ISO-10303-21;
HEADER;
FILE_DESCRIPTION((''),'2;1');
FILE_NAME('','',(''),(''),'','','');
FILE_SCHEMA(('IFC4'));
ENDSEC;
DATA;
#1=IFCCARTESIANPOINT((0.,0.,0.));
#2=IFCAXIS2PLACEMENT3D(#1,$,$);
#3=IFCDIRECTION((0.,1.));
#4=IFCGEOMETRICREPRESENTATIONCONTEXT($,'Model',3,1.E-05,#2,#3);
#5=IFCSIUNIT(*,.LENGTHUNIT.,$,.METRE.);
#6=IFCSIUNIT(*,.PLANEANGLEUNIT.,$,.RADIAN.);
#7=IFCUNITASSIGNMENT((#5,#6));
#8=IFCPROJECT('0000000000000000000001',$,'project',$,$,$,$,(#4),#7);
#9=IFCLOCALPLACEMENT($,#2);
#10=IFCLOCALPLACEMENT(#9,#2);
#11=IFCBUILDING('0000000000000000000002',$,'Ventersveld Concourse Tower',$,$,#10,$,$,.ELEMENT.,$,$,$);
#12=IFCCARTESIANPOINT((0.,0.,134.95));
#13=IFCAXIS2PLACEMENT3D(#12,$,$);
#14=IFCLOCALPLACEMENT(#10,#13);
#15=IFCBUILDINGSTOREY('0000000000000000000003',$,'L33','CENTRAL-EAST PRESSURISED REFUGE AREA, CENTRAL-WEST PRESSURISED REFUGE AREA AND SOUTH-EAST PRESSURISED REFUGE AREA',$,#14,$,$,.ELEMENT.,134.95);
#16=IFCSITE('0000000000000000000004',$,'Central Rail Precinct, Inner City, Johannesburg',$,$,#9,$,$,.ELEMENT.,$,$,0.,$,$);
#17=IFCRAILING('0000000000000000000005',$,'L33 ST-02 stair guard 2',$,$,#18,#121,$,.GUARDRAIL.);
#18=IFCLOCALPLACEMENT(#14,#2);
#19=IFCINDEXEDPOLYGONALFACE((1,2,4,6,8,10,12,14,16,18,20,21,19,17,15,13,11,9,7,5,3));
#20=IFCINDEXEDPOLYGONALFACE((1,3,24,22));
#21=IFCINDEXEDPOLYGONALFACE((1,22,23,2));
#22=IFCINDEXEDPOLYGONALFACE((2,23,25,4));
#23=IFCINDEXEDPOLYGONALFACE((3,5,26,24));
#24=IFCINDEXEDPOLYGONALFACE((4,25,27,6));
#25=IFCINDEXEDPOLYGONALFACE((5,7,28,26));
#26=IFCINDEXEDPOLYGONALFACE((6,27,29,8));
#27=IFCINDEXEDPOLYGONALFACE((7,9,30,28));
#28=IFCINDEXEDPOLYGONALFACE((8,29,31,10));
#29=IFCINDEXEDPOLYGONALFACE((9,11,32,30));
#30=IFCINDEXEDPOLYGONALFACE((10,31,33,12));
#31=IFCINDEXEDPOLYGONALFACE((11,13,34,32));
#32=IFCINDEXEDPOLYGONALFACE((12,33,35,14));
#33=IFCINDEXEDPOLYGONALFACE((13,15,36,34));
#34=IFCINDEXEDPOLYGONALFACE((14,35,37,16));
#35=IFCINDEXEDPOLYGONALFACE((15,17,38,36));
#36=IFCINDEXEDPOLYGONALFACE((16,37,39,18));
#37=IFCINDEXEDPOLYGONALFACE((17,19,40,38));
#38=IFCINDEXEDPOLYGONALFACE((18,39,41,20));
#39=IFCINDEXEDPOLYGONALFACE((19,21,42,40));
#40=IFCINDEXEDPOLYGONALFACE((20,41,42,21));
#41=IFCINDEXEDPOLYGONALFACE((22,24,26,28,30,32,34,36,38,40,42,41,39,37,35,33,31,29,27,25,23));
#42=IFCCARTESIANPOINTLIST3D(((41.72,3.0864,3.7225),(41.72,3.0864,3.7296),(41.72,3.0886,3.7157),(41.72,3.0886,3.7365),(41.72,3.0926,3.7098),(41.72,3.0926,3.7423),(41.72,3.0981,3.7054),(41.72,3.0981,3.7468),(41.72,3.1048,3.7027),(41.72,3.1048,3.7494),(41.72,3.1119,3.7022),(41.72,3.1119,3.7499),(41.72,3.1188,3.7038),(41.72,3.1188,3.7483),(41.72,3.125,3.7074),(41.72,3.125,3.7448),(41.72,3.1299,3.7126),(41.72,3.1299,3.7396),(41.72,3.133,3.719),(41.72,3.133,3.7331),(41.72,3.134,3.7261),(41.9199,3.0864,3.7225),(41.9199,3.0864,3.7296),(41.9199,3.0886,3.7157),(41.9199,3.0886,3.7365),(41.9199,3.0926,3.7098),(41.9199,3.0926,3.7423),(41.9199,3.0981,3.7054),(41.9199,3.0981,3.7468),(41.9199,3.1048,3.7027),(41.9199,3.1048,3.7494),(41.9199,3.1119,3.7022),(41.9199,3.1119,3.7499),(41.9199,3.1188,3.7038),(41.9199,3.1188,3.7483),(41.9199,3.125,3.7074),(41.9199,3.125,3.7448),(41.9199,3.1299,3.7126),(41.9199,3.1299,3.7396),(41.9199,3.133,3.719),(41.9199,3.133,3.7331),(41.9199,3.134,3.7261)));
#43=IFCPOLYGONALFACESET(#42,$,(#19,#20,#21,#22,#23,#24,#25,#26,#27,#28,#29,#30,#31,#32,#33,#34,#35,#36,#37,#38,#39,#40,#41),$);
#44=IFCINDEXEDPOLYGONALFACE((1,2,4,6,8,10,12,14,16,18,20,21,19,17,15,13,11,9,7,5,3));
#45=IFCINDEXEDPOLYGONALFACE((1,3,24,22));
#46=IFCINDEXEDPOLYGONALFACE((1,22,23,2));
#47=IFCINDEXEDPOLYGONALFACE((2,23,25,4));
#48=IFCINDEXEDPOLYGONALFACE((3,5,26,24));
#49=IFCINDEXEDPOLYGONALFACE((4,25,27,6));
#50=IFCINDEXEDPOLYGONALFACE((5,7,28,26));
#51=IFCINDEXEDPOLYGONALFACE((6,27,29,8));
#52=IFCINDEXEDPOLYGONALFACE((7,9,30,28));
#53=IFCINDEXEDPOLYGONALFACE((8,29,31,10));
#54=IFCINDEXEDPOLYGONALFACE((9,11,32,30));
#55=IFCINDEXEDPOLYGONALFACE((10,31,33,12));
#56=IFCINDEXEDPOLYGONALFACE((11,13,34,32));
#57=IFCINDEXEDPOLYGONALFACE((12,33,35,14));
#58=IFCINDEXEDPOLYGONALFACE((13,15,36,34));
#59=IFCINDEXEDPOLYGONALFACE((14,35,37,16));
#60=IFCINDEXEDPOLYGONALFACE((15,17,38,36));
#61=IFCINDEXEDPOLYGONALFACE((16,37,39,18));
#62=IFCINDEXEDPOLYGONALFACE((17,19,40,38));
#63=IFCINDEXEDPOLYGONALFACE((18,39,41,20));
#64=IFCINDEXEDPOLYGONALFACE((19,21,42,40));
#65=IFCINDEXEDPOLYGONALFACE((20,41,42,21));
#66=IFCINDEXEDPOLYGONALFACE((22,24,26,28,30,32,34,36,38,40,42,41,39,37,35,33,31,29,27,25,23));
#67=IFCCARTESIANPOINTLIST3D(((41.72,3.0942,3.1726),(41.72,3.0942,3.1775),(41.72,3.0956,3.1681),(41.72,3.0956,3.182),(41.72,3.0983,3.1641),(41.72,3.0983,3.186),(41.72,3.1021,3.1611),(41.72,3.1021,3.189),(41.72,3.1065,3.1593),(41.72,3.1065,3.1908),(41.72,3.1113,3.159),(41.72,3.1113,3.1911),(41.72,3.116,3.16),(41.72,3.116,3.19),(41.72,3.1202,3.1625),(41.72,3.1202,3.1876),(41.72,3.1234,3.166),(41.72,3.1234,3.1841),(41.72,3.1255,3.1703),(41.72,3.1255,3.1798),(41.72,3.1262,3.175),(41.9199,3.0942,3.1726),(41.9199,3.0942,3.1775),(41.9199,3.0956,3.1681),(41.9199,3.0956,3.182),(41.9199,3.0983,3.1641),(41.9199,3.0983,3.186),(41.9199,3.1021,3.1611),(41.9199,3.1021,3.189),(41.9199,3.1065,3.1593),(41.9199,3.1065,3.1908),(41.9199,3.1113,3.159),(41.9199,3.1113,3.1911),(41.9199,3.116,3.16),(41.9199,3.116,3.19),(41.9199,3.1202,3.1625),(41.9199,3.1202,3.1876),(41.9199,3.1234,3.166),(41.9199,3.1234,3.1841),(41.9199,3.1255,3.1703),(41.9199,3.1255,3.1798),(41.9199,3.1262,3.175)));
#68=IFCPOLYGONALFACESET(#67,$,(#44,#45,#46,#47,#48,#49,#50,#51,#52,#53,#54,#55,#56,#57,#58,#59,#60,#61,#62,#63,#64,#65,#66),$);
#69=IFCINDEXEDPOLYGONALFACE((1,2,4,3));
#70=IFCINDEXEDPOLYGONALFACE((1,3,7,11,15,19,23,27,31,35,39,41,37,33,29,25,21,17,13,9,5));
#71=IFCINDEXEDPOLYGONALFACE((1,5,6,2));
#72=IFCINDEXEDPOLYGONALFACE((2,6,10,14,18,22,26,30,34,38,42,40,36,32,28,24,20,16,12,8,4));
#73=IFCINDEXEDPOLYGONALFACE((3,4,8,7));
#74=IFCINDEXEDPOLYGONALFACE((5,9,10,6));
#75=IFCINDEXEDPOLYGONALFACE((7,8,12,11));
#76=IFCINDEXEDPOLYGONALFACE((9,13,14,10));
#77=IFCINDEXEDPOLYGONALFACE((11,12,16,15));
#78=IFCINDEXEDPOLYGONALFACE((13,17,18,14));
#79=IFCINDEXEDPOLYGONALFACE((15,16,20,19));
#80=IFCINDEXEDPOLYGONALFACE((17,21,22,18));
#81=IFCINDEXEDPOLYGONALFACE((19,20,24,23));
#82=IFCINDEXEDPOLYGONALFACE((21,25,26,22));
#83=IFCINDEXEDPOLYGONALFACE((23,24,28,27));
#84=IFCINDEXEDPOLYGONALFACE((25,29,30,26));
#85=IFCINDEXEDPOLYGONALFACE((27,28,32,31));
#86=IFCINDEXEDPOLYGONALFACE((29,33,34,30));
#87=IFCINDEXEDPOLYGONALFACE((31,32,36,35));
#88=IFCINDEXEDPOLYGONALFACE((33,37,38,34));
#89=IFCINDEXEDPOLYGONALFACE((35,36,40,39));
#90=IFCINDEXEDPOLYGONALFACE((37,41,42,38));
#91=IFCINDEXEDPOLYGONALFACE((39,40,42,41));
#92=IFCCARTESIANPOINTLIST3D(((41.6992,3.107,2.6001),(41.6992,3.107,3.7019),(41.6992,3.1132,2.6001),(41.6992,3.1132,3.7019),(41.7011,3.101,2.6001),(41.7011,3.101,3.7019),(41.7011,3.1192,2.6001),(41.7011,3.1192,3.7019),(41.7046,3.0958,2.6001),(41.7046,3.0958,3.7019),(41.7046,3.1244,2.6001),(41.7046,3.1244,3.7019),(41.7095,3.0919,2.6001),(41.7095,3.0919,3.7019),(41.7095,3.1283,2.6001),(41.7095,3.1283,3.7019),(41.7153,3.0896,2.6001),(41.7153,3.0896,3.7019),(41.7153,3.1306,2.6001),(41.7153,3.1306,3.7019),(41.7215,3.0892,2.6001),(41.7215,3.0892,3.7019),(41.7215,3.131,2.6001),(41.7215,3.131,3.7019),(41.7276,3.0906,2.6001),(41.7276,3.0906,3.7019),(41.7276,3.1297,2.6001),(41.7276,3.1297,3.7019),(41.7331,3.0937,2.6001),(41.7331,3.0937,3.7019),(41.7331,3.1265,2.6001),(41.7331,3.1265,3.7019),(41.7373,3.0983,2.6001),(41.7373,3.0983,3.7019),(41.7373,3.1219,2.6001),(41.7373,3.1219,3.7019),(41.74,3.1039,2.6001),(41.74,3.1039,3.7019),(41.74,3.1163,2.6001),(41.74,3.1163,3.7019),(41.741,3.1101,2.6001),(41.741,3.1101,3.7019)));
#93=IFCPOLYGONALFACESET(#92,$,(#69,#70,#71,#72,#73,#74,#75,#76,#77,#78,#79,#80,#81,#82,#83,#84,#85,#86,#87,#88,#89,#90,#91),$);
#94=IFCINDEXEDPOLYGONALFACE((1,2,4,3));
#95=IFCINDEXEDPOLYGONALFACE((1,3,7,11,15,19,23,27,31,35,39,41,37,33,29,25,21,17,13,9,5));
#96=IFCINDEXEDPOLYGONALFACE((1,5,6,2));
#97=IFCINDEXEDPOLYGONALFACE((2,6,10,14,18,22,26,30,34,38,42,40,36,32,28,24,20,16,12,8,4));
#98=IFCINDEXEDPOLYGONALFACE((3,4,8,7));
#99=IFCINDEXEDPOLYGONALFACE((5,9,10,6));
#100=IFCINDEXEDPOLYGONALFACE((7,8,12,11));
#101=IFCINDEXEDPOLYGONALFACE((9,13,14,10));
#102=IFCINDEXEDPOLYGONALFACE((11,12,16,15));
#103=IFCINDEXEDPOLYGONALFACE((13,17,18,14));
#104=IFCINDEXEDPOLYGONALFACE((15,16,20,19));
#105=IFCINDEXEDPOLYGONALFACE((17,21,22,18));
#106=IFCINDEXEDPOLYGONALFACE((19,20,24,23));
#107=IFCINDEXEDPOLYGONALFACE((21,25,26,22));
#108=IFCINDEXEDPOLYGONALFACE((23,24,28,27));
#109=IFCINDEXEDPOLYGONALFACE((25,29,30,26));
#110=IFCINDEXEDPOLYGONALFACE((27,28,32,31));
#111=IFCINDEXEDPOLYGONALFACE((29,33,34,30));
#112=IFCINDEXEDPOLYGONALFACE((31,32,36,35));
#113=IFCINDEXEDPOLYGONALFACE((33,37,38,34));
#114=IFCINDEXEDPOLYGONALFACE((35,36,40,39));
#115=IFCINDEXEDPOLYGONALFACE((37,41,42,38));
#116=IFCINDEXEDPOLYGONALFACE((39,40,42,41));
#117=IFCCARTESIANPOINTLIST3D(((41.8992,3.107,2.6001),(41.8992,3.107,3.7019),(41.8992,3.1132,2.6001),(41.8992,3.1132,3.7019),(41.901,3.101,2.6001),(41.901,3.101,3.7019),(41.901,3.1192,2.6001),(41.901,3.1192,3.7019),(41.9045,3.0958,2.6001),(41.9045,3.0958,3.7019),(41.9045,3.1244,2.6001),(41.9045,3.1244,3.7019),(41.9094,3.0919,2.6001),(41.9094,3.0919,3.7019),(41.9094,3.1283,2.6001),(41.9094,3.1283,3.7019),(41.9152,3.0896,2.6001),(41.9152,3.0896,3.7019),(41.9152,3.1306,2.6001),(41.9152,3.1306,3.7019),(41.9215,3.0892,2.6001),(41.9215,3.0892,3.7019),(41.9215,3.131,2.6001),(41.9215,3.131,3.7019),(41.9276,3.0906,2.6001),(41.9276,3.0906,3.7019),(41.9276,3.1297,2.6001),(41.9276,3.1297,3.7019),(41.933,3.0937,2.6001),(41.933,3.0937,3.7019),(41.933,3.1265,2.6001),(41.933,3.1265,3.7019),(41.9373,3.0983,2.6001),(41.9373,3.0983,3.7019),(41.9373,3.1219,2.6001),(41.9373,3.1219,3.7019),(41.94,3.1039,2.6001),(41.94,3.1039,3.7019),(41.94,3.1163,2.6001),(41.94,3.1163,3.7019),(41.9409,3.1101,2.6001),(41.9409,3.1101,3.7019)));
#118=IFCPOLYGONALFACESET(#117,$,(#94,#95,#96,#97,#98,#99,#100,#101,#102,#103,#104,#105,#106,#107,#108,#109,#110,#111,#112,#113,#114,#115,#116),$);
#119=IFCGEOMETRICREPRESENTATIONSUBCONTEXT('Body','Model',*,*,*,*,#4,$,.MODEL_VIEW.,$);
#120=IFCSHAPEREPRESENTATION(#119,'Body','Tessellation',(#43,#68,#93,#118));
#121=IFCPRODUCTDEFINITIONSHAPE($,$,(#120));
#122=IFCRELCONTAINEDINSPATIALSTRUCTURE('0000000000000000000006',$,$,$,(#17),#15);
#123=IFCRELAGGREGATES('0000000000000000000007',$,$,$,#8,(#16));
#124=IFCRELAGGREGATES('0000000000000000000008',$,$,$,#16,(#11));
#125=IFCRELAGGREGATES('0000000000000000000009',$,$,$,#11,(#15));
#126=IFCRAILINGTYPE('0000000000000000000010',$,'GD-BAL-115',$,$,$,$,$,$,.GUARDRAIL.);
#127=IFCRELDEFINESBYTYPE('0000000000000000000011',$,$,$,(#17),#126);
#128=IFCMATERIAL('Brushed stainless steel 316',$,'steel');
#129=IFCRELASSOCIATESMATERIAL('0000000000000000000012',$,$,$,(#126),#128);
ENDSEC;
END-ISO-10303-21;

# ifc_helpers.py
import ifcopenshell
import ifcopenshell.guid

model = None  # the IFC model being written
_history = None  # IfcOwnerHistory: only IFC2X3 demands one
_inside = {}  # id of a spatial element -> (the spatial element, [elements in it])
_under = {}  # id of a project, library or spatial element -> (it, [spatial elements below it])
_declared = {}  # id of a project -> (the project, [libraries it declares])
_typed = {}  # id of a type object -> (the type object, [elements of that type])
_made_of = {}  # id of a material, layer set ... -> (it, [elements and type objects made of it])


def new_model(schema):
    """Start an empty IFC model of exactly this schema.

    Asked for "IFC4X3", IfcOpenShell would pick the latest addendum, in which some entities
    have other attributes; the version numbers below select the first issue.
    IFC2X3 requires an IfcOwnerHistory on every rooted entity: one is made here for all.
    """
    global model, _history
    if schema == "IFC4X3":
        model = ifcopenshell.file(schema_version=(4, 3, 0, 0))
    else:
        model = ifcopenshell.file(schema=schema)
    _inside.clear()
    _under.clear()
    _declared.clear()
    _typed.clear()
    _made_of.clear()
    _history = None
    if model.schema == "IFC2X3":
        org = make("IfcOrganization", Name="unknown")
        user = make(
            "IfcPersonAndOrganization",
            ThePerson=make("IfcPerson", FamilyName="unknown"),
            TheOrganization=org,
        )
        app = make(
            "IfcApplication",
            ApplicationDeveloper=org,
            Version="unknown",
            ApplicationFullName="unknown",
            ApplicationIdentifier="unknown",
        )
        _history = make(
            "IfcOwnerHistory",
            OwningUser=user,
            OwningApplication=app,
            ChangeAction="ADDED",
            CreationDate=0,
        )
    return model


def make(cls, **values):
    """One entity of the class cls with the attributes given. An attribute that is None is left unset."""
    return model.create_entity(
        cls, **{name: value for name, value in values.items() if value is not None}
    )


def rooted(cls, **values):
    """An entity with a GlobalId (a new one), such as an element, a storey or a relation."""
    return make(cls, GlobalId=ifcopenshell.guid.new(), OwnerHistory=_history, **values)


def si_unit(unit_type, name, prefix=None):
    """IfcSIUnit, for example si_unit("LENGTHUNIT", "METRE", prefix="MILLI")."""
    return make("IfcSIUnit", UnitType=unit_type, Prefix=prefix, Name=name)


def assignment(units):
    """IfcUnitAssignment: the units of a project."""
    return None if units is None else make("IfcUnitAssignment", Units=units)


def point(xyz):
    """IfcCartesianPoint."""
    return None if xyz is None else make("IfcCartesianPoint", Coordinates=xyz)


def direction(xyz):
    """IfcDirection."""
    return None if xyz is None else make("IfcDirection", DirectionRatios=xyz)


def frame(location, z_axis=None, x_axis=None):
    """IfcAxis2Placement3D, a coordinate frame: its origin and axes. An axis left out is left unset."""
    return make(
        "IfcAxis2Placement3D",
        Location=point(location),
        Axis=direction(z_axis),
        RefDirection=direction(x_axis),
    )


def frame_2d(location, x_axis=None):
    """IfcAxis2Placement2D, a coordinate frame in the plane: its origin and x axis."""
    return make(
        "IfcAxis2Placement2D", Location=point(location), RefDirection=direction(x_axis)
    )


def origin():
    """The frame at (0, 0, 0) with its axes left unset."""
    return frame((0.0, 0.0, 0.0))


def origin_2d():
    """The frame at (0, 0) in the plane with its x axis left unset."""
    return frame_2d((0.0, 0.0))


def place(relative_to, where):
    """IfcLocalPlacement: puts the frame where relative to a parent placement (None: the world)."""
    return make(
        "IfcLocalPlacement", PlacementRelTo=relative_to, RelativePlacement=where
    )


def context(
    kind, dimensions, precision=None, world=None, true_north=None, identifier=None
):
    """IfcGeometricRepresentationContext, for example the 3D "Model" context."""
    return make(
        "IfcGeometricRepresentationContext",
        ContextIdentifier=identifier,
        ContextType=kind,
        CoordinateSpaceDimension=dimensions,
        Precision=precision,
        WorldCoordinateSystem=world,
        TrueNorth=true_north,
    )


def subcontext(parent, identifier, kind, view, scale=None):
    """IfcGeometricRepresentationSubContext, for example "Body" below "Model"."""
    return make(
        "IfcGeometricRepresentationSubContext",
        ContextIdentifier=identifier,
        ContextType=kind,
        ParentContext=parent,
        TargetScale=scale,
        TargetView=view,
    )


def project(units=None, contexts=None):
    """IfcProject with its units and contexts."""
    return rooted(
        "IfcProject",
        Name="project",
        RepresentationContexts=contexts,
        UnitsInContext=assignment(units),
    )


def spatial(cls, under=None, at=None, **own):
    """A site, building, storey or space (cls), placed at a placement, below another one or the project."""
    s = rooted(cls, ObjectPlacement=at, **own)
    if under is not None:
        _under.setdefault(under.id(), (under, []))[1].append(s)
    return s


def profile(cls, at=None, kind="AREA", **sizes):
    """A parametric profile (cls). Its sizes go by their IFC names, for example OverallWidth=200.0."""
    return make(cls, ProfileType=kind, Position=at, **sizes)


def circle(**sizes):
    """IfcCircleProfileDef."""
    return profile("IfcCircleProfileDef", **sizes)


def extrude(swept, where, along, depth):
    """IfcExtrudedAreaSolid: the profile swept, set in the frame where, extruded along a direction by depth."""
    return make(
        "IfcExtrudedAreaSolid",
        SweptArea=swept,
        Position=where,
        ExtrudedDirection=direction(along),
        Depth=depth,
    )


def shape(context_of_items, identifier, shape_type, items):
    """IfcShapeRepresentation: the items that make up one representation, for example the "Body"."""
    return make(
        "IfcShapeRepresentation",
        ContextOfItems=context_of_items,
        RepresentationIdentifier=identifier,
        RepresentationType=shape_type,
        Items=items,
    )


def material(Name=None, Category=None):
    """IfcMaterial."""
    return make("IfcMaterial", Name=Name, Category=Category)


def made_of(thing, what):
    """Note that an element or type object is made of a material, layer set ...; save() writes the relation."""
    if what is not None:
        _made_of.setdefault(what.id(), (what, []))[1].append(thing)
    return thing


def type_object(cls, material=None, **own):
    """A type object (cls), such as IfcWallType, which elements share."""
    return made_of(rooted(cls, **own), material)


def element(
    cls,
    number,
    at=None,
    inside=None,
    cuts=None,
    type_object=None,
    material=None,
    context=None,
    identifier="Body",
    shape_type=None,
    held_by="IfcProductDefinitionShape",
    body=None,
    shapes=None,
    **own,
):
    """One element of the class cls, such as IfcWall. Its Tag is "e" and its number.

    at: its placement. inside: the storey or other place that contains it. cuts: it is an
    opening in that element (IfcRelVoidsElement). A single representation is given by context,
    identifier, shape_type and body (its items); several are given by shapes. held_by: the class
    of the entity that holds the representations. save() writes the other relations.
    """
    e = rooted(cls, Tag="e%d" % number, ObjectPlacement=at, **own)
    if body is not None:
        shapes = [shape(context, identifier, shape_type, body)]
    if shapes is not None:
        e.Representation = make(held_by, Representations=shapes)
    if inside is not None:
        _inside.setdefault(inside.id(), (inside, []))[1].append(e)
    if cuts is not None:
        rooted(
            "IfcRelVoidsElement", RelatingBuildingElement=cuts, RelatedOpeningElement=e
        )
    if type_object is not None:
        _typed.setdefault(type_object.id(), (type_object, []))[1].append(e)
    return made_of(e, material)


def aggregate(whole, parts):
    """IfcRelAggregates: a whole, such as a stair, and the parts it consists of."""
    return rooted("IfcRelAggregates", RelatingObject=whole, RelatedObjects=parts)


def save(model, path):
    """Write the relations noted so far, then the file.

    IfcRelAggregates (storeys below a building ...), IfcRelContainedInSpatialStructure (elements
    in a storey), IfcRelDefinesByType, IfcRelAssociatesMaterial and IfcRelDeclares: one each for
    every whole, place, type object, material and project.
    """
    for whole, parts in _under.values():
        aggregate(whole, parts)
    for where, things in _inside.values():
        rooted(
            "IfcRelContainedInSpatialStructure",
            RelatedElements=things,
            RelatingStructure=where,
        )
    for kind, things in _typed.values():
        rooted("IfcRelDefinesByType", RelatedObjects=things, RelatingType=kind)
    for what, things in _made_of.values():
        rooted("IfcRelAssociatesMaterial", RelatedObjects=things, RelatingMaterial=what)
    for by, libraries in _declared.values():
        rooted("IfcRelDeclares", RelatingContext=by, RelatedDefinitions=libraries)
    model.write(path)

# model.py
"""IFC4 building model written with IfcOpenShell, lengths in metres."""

from ifc_helpers import new_model, si_unit, direction, frame, origin, origin_2d, place, context, subcontext, project, spatial, circle, extrude, material, type_object, element, save


model = new_model("IFC4")

# Units and contexts
model_context = context("Model", 3, precision=1e-05, world=origin(), true_north=direction((0.0, 1.0)))
body_context = subcontext(model_context, "Body", "Model", "MODEL_VIEW")
ifc_project = project(units=[si_unit("LENGTHUNIT", "METRE"), si_unit("PLANEANGLEUNIT", "RADIAN")], contexts=[model_context])

# Site, building, storey
site_placement = place(None, origin())
site = spatial("IfcSite", under=ifc_project, at=site_placement, Name="Central Rail Precinct, Inner City, Johannesburg", CompositionType="ELEMENT", RefElevation=0.0)
building_placement = place(site_placement, origin())
building = spatial("IfcBuilding", under=site, at=building_placement, Name="Ventersveld Concourse Tower", CompositionType="ELEMENT")
storey_placement = place(building_placement, frame((0.0, 0.0, 134.95)))
storey = spatial("IfcBuildingStorey", under=building, at=storey_placement, Name="L33", Description="CENTRAL-EAST PRESSURISED REFUGE AREA, CENTRAL-WEST PRESSURISED REFUGE AREA AND SOUTH-EAST PRESSURISED REFUGE AREA", CompositionType="ELEMENT", Elevation=134.95)

# Railing
ifc_material_1 = material(Name="Brushed stainless steel 316", Category="steel")
railing_type_1 = type_object("IfcRailingType", Name="GD-BAL-115", PredefinedType="GUARDRAIL", material=ifc_material_1)
railing_1_placement = place(storey_placement, frame((41.72, 3.1101, 2.6001)))
element("IfcRailing", 1, at=railing_1_placement, inside=storey, type_object=railing_type_1, Name="L33 ST-02 stair guard 2", PredefinedType="GUARDRAIL", context=body_context, shape_type="SweptSolid", body=[
    extrude(circle(Radius=0.0239, at=origin_2d()), frame((0.0, 0.0, 1.126), z_axis=(1.0, 0.0, 0.0), x_axis=(0.0, 1.0, 0.0)), (0.0, 0.0, 1.0), 0.2),
    extrude(circle(Radius=0.0161, at=origin_2d()), frame((0.0, 0.0, 0.575), z_axis=(1.0, 0.0, 0.0), x_axis=(0.0, 1.0, 0.0)), (0.0, 0.0, 1.0), 0.2),
    extrude(circle(Radius=0.021, at=origin_2d()), origin(), (0.0, 0.0, 1.0), 1.1018),
    extrude(circle(Radius=0.021, at=origin_2d()), frame((0.2, 0.0, 0.0)), (0.0, 0.0, 1.0), 1.1018),
])

save(model, "model.ifc")
